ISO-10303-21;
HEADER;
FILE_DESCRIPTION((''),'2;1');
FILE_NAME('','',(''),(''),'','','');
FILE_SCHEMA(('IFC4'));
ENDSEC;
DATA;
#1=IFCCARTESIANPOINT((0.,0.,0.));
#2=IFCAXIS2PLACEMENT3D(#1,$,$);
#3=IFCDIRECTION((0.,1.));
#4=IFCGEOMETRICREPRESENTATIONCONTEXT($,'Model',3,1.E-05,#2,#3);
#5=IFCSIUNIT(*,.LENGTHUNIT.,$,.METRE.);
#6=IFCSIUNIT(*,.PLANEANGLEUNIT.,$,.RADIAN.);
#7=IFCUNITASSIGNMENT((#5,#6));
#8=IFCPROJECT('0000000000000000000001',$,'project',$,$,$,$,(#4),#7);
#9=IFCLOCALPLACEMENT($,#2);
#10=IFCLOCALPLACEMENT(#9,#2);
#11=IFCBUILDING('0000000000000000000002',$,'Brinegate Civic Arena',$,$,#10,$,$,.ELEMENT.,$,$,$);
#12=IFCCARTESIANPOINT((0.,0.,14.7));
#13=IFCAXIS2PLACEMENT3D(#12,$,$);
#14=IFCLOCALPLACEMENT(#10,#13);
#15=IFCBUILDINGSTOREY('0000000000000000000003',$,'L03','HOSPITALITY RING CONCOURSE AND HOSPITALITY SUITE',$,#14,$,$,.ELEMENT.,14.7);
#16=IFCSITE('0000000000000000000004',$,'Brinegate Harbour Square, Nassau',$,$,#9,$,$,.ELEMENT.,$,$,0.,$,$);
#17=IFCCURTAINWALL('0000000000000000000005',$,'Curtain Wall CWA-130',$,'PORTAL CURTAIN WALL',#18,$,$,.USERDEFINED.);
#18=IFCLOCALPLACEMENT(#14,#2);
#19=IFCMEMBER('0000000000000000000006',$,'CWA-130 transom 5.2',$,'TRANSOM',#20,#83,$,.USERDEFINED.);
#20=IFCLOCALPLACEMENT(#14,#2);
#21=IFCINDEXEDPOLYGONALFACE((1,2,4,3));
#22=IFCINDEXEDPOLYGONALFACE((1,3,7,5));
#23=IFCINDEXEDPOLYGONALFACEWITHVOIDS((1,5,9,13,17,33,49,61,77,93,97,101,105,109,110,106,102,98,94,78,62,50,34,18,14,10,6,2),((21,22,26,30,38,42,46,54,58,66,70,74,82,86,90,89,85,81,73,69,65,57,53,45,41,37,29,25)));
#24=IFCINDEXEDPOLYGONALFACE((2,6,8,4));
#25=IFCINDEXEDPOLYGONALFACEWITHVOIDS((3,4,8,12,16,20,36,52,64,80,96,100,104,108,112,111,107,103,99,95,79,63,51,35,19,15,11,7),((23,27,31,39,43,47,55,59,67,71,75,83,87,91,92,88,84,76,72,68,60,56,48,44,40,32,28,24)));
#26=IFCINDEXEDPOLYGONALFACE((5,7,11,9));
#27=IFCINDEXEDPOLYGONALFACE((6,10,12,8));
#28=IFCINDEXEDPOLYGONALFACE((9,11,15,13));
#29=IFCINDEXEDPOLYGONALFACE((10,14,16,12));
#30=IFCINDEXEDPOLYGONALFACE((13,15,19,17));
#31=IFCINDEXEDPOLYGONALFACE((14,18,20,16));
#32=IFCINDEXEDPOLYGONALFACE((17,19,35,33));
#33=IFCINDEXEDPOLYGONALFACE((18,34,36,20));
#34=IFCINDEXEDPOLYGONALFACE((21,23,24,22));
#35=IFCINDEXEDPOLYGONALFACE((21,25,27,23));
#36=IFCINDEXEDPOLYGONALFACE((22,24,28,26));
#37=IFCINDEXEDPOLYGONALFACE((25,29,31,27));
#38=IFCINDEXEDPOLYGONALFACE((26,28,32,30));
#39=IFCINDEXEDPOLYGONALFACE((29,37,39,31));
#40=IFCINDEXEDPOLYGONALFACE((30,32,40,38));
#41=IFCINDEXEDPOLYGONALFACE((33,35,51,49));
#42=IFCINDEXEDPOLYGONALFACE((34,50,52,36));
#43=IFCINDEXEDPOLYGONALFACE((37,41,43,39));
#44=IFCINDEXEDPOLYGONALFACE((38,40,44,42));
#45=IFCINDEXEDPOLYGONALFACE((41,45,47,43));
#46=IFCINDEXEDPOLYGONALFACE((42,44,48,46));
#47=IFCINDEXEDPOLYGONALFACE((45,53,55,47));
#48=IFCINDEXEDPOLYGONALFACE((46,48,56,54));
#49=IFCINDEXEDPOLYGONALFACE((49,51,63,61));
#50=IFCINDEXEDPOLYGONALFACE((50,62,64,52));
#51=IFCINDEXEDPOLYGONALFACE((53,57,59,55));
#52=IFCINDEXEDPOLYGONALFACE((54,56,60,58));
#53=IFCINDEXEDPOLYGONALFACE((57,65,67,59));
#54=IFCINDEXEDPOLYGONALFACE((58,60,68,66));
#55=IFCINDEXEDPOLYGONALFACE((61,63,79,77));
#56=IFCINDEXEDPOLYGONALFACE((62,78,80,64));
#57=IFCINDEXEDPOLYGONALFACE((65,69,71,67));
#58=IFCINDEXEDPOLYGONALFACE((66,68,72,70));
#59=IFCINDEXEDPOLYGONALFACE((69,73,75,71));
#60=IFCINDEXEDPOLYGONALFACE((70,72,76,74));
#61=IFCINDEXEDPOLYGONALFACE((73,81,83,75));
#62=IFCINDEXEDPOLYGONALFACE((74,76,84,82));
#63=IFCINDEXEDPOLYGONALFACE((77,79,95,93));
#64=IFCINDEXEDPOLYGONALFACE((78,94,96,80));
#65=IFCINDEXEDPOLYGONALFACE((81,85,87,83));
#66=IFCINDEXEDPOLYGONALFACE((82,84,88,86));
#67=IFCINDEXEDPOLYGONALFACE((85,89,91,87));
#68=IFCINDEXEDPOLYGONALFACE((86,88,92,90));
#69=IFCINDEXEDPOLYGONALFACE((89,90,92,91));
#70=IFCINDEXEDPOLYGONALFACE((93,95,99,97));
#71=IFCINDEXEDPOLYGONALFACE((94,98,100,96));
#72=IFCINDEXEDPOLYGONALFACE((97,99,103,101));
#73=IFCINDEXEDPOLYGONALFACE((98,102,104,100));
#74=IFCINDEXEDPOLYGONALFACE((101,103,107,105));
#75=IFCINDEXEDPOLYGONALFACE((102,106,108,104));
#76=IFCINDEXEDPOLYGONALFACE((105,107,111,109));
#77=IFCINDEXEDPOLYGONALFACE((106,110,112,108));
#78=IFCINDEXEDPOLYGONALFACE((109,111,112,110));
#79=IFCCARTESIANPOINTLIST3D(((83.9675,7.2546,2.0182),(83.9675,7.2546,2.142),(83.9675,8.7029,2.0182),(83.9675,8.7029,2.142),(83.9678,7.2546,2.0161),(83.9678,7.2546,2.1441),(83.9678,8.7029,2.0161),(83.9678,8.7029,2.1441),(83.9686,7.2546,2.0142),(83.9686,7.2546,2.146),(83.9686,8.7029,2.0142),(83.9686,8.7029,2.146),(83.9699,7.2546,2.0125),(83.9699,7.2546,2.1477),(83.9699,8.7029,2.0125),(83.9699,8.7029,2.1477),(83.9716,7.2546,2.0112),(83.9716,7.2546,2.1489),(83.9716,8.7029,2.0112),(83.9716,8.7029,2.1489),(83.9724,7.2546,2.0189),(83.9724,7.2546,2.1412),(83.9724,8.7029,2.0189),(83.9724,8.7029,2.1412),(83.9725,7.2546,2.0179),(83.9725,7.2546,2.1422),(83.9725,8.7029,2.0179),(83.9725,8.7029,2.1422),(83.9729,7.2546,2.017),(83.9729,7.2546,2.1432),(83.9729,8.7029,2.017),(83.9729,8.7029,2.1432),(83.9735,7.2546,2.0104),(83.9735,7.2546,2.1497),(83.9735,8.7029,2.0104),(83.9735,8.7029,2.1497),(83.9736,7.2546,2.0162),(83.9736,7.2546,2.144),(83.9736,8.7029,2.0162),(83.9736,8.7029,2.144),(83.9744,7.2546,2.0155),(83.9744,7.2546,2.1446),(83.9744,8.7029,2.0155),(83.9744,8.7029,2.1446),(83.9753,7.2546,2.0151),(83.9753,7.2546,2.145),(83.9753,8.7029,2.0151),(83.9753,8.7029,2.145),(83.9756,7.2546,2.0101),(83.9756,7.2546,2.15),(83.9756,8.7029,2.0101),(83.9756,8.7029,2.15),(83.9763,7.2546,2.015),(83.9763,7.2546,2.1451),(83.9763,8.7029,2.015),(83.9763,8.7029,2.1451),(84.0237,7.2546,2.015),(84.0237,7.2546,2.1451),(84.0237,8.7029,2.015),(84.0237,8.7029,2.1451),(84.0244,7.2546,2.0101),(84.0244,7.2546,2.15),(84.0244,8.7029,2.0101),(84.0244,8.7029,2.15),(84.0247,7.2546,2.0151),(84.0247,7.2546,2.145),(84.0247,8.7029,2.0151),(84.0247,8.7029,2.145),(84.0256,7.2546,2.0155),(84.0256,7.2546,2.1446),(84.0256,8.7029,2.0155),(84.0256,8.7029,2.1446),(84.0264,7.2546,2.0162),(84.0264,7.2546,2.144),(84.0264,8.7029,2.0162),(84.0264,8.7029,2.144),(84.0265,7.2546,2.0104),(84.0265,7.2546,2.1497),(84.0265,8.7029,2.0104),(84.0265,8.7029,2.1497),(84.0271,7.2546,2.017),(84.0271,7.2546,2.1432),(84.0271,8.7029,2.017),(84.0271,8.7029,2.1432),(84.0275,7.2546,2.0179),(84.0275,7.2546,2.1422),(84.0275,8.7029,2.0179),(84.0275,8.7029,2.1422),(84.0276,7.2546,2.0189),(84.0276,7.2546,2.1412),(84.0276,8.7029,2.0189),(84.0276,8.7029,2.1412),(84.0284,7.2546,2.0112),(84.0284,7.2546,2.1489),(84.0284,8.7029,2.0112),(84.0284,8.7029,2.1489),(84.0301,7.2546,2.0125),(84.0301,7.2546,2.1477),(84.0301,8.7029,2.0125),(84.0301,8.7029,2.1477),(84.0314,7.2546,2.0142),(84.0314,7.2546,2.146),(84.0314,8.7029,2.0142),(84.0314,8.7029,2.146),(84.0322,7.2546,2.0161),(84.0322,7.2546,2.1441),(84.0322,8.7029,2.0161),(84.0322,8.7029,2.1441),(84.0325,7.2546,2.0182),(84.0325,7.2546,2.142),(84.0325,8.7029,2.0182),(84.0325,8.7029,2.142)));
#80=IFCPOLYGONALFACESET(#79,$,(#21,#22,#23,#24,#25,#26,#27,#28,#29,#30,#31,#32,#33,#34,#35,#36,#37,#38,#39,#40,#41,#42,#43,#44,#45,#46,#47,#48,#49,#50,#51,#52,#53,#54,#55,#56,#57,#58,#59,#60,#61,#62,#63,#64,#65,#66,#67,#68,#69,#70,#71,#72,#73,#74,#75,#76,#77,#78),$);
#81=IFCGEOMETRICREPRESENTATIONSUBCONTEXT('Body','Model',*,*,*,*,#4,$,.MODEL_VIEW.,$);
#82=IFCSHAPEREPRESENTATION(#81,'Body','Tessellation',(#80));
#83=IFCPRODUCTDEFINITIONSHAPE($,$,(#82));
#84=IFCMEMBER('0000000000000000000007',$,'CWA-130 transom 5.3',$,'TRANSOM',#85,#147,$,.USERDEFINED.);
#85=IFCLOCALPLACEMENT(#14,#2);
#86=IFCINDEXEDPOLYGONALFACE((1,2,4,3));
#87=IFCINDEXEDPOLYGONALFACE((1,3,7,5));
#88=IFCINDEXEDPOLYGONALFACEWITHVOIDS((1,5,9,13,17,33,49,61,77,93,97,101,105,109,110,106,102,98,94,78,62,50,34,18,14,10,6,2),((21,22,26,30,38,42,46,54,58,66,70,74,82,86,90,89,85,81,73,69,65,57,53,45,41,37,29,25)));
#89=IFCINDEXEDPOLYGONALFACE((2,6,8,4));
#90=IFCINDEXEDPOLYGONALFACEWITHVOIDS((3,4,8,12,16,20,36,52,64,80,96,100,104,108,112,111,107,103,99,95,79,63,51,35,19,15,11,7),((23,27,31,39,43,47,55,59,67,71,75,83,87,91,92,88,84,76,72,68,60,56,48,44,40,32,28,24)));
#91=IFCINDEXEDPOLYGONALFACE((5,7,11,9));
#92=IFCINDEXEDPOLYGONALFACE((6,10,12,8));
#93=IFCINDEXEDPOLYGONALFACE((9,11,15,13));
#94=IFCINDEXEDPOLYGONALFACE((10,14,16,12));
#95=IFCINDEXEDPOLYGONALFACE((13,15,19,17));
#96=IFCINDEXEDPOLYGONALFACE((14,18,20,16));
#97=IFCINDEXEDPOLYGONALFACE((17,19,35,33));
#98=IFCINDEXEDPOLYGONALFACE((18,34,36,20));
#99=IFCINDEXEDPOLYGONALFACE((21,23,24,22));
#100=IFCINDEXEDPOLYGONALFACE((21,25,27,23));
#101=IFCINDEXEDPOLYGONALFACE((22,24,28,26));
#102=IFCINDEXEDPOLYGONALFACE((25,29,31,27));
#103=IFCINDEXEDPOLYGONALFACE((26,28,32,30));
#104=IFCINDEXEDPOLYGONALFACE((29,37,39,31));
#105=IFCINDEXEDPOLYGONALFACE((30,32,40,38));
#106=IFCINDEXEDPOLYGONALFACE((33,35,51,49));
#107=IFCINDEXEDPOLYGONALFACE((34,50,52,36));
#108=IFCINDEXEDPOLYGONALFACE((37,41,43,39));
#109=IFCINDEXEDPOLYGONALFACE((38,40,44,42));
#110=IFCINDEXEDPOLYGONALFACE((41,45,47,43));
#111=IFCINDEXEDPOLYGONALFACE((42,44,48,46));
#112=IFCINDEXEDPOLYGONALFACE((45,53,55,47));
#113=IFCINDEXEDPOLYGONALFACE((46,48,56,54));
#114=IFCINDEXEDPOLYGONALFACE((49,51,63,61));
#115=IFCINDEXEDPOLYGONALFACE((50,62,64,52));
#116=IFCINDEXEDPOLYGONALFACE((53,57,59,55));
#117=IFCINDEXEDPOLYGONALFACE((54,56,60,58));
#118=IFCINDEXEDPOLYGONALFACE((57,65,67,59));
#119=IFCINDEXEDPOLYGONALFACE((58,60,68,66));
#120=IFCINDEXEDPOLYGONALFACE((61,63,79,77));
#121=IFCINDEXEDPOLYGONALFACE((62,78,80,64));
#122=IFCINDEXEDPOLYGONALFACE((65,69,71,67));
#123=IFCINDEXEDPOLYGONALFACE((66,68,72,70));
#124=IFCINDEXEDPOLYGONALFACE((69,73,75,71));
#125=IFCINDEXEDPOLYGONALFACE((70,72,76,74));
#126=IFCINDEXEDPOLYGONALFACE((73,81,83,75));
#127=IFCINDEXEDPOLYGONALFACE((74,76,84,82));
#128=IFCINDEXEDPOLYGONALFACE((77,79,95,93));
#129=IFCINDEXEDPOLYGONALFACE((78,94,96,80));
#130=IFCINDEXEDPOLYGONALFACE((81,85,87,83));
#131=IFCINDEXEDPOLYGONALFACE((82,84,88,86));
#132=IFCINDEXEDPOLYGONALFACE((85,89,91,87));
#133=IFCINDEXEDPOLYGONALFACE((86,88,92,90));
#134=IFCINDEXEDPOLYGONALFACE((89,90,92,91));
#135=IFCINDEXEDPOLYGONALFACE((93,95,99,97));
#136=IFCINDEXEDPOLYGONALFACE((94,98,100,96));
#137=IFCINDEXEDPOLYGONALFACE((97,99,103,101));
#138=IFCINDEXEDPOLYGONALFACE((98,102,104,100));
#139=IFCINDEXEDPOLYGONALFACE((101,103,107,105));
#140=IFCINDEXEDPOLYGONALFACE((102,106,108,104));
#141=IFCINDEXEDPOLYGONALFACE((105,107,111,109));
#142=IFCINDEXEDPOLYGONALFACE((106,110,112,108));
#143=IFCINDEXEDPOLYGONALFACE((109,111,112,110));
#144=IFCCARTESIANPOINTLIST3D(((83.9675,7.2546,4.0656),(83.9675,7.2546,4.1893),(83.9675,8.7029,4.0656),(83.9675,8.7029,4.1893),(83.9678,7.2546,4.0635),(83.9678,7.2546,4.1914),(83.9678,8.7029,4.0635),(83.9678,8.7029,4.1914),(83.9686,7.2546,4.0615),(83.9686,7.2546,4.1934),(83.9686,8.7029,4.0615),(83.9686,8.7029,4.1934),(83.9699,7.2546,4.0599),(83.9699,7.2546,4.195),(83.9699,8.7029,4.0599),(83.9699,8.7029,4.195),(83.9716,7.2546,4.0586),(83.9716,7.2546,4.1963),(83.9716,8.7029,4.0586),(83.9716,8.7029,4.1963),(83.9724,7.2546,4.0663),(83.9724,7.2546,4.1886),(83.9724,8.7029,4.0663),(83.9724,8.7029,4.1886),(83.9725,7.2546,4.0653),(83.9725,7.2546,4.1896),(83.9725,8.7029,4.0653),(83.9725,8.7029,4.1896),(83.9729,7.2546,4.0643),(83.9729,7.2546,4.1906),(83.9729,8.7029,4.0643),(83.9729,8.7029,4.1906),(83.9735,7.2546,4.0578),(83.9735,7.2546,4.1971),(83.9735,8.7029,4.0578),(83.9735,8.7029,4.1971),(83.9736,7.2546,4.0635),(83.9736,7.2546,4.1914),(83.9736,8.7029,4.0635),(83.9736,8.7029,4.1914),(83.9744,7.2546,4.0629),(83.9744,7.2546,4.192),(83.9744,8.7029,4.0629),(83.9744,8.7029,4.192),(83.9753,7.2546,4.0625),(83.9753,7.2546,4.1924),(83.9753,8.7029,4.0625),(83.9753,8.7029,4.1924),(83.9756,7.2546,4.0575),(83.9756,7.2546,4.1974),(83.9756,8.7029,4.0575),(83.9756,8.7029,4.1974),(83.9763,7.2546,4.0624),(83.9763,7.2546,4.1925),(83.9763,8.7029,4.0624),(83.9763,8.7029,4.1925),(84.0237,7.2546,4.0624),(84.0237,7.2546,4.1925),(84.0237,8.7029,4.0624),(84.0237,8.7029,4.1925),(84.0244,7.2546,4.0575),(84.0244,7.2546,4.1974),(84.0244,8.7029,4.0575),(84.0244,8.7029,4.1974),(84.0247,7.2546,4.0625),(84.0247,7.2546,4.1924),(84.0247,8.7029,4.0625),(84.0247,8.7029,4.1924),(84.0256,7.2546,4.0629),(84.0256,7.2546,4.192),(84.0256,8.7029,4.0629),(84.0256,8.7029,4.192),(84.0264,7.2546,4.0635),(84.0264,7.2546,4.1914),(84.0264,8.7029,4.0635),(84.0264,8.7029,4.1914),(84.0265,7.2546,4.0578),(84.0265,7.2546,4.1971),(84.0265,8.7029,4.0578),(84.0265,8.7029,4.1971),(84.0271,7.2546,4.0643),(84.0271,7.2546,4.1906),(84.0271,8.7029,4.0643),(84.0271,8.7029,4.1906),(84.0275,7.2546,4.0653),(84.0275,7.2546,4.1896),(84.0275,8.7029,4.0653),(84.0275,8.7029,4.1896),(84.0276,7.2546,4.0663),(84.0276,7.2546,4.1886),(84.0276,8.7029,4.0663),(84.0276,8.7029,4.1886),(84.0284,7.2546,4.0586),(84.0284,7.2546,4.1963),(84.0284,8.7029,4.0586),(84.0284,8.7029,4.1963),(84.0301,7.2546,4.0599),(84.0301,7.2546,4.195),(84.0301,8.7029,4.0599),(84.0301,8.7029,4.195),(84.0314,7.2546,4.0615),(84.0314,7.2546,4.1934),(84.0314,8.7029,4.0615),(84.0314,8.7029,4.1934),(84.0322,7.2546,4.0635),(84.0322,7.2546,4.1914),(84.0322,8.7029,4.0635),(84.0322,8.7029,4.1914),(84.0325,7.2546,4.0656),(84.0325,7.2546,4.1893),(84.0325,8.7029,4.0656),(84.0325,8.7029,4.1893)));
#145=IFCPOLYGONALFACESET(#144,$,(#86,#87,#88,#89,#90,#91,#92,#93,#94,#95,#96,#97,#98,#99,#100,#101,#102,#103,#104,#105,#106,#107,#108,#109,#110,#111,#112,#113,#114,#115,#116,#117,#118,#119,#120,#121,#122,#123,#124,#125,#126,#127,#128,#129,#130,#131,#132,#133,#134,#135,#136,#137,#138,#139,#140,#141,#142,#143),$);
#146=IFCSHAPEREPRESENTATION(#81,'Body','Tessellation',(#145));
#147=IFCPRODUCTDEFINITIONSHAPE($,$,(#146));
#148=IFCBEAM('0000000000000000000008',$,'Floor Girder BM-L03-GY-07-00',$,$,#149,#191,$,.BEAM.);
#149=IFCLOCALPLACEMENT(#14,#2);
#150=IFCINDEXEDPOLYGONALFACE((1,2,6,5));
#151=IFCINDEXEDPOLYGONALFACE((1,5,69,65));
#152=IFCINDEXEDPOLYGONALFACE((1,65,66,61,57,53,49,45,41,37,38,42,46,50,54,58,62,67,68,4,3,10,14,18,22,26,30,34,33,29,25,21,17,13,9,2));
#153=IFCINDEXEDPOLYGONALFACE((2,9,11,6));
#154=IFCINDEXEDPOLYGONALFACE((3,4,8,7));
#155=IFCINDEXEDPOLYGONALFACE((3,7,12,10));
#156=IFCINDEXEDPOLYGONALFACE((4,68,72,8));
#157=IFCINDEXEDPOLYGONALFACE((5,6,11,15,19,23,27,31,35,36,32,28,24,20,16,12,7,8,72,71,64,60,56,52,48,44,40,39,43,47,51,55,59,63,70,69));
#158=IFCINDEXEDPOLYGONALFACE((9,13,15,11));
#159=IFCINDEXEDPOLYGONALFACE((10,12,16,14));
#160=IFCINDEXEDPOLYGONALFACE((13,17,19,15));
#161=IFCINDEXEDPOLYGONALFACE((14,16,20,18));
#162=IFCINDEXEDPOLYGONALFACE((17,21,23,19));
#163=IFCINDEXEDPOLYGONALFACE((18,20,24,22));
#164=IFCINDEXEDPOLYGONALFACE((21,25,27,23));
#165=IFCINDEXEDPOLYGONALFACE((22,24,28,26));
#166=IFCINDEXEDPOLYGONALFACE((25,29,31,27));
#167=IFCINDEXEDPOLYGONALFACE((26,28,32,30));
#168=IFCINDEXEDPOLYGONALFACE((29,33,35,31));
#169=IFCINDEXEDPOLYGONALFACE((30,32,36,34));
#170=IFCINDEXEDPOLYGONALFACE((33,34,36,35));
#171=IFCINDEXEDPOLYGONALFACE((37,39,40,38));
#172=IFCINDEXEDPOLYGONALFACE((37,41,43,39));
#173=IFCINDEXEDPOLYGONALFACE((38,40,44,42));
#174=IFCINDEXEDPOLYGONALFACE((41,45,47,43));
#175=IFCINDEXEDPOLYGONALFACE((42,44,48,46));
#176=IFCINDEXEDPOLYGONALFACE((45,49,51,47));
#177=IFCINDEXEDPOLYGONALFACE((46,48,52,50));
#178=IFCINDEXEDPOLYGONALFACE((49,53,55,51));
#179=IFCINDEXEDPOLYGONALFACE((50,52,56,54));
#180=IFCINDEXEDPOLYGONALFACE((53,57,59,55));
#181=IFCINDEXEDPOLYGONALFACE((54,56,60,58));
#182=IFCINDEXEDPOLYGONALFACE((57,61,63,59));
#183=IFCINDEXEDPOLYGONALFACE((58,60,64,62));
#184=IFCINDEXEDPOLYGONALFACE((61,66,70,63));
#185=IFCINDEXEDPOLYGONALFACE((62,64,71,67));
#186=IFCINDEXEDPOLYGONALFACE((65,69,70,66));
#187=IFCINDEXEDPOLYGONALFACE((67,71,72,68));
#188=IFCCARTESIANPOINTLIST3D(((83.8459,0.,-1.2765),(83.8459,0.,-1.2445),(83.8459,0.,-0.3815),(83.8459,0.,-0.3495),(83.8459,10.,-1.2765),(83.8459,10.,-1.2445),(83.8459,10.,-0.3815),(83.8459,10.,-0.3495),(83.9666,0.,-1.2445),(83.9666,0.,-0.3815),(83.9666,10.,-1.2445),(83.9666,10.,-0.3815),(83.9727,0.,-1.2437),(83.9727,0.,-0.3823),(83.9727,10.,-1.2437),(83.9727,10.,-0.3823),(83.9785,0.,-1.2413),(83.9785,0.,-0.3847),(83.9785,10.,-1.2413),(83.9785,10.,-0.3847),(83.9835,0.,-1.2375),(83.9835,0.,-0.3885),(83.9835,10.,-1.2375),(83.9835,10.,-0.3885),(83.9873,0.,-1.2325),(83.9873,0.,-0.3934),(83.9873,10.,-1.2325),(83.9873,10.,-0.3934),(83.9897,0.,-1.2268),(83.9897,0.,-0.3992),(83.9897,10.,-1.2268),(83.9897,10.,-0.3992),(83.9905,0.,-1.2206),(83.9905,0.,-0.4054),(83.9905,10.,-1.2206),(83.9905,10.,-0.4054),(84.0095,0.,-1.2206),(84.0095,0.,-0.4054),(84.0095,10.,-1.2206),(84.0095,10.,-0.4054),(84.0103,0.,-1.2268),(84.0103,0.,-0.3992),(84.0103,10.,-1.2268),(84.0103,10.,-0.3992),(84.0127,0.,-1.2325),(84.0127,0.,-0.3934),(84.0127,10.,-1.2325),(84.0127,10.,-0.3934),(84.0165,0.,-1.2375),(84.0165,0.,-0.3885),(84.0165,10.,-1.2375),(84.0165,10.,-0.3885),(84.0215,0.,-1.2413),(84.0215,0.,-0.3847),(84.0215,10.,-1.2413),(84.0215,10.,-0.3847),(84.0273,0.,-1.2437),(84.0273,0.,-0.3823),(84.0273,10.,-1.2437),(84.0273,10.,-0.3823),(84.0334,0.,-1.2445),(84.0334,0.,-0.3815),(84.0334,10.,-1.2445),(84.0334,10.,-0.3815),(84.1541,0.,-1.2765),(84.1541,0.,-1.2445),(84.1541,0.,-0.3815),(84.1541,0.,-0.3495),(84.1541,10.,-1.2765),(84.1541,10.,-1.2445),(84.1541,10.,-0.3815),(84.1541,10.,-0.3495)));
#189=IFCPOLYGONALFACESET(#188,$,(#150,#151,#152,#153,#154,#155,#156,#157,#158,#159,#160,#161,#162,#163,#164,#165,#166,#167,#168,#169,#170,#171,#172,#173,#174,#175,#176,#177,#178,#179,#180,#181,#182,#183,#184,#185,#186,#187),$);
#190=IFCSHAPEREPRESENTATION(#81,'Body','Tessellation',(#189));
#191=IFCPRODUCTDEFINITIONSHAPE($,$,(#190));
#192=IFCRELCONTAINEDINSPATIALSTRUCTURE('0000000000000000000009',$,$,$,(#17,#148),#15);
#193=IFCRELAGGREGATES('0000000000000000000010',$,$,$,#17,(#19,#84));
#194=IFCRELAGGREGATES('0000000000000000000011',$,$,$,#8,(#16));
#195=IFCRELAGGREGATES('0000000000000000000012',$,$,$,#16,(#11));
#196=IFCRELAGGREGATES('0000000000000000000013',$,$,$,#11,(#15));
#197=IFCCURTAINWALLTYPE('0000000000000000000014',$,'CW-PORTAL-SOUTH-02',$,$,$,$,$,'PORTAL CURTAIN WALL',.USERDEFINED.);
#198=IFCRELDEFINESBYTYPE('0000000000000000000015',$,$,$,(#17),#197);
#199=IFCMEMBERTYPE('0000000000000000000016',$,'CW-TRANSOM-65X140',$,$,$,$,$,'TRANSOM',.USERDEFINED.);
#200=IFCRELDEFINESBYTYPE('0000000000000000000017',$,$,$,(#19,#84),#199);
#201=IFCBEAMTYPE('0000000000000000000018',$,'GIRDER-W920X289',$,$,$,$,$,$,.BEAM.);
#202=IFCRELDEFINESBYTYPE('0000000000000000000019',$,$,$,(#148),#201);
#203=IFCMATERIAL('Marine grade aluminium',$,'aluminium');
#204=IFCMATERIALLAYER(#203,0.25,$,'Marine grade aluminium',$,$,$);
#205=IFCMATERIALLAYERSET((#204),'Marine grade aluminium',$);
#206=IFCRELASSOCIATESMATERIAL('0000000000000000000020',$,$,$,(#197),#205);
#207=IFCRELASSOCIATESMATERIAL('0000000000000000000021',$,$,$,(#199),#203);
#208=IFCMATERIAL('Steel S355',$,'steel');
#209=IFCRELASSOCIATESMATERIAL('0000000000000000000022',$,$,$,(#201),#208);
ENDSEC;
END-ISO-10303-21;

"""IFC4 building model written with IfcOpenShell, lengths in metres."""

from ifc_helpers import new_model, si_unit, direction, frame, origin, origin_2d, place, context, subcontext, project, spatial, hollow_rectangle, i_section, extrude, material, layer, layer_set, material_profile, profile_set, type_object, element, aggregate, save


model = new_model("IFC4")

# Units and contexts
model_context = context("Model", 3, precision=1e-05, world=origin(), true_north=direction((0.0, 1.0)))
body_context = subcontext(model_context, "Body", "Model", "MODEL_VIEW")
ifc_project = project(units=[si_unit("LENGTHUNIT", "METRE"), si_unit("PLANEANGLEUNIT", "RADIAN")], contexts=[model_context])

# Site, building, storey
site_placement = place(None, origin())
site = spatial("IfcSite", under=ifc_project, at=site_placement, Name="Brinegate Harbour Square, Nassau", CompositionType="ELEMENT", RefElevation=0.0)
building_placement = place(site_placement, origin())
building = spatial("IfcBuilding", under=site, at=building_placement, Name="Brinegate Civic Arena", CompositionType="ELEMENT")
storey_placement = place(building_placement, frame((0.0, 0.0, 14.7)))
storey = spatial("IfcBuildingStorey", under=building, at=storey_placement, Name="L03", Description="HOSPITALITY RING CONCOURSE AND HOSPITALITY SUITE", CompositionType="ELEMENT", Elevation=14.7)

# Shared definitions
ifc_material_1 = material(Name="Marine grade aluminium", Category="aluminium")
ifc_layer_1 = layer(ifc_material_1, 0.25, Name="Marine grade aluminium")
ifc_layer_set_1 = layer_set([ifc_layer_1], Name="Marine grade aluminium")
curtain_wall_type = type_object("IfcCurtainWallType", Name="CW-PORTAL-SOUTH-02", ElementType="PORTAL CURTAIN WALL", PredefinedType="USERDEFINED", material=ifc_layer_set_1)

# Curtain wall
curtain_wall_1_placement = place(storey_placement, origin())
curtain_wall_1 = element("IfcCurtainWall", 1, at=curtain_wall_1_placement, inside=storey, type_object=curtain_wall_type, Name="Curtain Wall CWA-130", ObjectType="PORTAL CURTAIN WALL", PredefinedType="USERDEFINED")

# Members
ifc_material_profile_1 = material_profile(ifc_material_1, hollow_rectangle(XDim=0.0649, YDim=0.1399, WallThickness=0.0049, InnerFilletRadius=0.0039, OuterFilletRadius=0.0081, at=origin_2d()), Name="TRN65X140")
ifc_profile_set_1 = profile_set([ifc_material_profile_1], Name="Marine grade aluminium")
member_type_1 = type_object("IfcMemberType", Name="CW-TRANSOM-65X140", ElementType="TRANSOM", PredefinedType="USERDEFINED", material=ifc_profile_set_1)
member_1_placement = place(storey_placement, frame((84.0, 7.2546, 2.0801), z_axis=(0.0, 1.0, 0.0), x_axis=(-1.0, 0.0, 0.0)))
member_1 = element("IfcMember", 2, at=member_1_placement, type_object=member_type_1, Name="CWA-130 transom 5.2", ObjectType="TRANSOM", PredefinedType="USERDEFINED", context=body_context, shape_type="SweptSolid", body=[
    extrude(hollow_rectangle(XDim=0.0649, YDim=0.1399, WallThickness=0.0049, InnerFilletRadius=0.0039, OuterFilletRadius=0.0081, at=origin_2d()), origin(), (0.0, 0.0, 1.0), 1.4482),
])
member_2_placement = place(storey_placement, frame((84.0, 7.2546, 4.1274), z_axis=(0.0, 1.0, 0.0), x_axis=(-1.0, 0.0, 0.0)))
member_2 = element("IfcMember", 3, at=member_2_placement, type_object=member_type_1, Name="CWA-130 transom 5.3", ObjectType="TRANSOM", PredefinedType="USERDEFINED", context=body_context, shape_type="SweptSolid", body=[
    extrude(hollow_rectangle(XDim=0.0649, YDim=0.1399, WallThickness=0.0049, InnerFilletRadius=0.0039, OuterFilletRadius=0.0081, at=origin_2d()), origin(), (0.0, 0.0, 1.0), 1.4482),
])

# Beam
ifc_material_2 = material(Name="Steel S355", Category="steel")
ifc_material_profile_2 = material_profile(ifc_material_2, i_section(OverallWidth=0.3081, OverallDepth=0.927, WebThickness=0.019, FlangeThickness=0.032, FilletRadius=0.0239, at=origin_2d()), Name="W920X289")
ifc_profile_set_2 = profile_set([ifc_material_profile_2], Name="Steel S355")
beam_type_1 = type_object("IfcBeamType", Name="GIRDER-W920X289", PredefinedType="BEAM", material=ifc_profile_set_2)
beam_1_placement = place(storey_placement, frame((84.0, 0.0, -0.813), z_axis=(0.0, 1.0, 0.0), x_axis=(-1.0, 0.0, 0.0)))
element("IfcBeam", 4, at=beam_1_placement, inside=storey, type_object=beam_type_1, Name="Floor Girder BM-L03-GY-07-00", PredefinedType="BEAM", context=body_context, shape_type="SweptSolid", body=[
    extrude(i_section(OverallWidth=0.3081, OverallDepth=0.927, WebThickness=0.019, FlangeThickness=0.032, FilletRadius=0.0239, at=origin_2d()), origin(), (0.0, 0.0, 1.0), 10.0),
])

aggregate(curtain_wall_1, [member_1, member_2])

save(model, "model.ifc")
